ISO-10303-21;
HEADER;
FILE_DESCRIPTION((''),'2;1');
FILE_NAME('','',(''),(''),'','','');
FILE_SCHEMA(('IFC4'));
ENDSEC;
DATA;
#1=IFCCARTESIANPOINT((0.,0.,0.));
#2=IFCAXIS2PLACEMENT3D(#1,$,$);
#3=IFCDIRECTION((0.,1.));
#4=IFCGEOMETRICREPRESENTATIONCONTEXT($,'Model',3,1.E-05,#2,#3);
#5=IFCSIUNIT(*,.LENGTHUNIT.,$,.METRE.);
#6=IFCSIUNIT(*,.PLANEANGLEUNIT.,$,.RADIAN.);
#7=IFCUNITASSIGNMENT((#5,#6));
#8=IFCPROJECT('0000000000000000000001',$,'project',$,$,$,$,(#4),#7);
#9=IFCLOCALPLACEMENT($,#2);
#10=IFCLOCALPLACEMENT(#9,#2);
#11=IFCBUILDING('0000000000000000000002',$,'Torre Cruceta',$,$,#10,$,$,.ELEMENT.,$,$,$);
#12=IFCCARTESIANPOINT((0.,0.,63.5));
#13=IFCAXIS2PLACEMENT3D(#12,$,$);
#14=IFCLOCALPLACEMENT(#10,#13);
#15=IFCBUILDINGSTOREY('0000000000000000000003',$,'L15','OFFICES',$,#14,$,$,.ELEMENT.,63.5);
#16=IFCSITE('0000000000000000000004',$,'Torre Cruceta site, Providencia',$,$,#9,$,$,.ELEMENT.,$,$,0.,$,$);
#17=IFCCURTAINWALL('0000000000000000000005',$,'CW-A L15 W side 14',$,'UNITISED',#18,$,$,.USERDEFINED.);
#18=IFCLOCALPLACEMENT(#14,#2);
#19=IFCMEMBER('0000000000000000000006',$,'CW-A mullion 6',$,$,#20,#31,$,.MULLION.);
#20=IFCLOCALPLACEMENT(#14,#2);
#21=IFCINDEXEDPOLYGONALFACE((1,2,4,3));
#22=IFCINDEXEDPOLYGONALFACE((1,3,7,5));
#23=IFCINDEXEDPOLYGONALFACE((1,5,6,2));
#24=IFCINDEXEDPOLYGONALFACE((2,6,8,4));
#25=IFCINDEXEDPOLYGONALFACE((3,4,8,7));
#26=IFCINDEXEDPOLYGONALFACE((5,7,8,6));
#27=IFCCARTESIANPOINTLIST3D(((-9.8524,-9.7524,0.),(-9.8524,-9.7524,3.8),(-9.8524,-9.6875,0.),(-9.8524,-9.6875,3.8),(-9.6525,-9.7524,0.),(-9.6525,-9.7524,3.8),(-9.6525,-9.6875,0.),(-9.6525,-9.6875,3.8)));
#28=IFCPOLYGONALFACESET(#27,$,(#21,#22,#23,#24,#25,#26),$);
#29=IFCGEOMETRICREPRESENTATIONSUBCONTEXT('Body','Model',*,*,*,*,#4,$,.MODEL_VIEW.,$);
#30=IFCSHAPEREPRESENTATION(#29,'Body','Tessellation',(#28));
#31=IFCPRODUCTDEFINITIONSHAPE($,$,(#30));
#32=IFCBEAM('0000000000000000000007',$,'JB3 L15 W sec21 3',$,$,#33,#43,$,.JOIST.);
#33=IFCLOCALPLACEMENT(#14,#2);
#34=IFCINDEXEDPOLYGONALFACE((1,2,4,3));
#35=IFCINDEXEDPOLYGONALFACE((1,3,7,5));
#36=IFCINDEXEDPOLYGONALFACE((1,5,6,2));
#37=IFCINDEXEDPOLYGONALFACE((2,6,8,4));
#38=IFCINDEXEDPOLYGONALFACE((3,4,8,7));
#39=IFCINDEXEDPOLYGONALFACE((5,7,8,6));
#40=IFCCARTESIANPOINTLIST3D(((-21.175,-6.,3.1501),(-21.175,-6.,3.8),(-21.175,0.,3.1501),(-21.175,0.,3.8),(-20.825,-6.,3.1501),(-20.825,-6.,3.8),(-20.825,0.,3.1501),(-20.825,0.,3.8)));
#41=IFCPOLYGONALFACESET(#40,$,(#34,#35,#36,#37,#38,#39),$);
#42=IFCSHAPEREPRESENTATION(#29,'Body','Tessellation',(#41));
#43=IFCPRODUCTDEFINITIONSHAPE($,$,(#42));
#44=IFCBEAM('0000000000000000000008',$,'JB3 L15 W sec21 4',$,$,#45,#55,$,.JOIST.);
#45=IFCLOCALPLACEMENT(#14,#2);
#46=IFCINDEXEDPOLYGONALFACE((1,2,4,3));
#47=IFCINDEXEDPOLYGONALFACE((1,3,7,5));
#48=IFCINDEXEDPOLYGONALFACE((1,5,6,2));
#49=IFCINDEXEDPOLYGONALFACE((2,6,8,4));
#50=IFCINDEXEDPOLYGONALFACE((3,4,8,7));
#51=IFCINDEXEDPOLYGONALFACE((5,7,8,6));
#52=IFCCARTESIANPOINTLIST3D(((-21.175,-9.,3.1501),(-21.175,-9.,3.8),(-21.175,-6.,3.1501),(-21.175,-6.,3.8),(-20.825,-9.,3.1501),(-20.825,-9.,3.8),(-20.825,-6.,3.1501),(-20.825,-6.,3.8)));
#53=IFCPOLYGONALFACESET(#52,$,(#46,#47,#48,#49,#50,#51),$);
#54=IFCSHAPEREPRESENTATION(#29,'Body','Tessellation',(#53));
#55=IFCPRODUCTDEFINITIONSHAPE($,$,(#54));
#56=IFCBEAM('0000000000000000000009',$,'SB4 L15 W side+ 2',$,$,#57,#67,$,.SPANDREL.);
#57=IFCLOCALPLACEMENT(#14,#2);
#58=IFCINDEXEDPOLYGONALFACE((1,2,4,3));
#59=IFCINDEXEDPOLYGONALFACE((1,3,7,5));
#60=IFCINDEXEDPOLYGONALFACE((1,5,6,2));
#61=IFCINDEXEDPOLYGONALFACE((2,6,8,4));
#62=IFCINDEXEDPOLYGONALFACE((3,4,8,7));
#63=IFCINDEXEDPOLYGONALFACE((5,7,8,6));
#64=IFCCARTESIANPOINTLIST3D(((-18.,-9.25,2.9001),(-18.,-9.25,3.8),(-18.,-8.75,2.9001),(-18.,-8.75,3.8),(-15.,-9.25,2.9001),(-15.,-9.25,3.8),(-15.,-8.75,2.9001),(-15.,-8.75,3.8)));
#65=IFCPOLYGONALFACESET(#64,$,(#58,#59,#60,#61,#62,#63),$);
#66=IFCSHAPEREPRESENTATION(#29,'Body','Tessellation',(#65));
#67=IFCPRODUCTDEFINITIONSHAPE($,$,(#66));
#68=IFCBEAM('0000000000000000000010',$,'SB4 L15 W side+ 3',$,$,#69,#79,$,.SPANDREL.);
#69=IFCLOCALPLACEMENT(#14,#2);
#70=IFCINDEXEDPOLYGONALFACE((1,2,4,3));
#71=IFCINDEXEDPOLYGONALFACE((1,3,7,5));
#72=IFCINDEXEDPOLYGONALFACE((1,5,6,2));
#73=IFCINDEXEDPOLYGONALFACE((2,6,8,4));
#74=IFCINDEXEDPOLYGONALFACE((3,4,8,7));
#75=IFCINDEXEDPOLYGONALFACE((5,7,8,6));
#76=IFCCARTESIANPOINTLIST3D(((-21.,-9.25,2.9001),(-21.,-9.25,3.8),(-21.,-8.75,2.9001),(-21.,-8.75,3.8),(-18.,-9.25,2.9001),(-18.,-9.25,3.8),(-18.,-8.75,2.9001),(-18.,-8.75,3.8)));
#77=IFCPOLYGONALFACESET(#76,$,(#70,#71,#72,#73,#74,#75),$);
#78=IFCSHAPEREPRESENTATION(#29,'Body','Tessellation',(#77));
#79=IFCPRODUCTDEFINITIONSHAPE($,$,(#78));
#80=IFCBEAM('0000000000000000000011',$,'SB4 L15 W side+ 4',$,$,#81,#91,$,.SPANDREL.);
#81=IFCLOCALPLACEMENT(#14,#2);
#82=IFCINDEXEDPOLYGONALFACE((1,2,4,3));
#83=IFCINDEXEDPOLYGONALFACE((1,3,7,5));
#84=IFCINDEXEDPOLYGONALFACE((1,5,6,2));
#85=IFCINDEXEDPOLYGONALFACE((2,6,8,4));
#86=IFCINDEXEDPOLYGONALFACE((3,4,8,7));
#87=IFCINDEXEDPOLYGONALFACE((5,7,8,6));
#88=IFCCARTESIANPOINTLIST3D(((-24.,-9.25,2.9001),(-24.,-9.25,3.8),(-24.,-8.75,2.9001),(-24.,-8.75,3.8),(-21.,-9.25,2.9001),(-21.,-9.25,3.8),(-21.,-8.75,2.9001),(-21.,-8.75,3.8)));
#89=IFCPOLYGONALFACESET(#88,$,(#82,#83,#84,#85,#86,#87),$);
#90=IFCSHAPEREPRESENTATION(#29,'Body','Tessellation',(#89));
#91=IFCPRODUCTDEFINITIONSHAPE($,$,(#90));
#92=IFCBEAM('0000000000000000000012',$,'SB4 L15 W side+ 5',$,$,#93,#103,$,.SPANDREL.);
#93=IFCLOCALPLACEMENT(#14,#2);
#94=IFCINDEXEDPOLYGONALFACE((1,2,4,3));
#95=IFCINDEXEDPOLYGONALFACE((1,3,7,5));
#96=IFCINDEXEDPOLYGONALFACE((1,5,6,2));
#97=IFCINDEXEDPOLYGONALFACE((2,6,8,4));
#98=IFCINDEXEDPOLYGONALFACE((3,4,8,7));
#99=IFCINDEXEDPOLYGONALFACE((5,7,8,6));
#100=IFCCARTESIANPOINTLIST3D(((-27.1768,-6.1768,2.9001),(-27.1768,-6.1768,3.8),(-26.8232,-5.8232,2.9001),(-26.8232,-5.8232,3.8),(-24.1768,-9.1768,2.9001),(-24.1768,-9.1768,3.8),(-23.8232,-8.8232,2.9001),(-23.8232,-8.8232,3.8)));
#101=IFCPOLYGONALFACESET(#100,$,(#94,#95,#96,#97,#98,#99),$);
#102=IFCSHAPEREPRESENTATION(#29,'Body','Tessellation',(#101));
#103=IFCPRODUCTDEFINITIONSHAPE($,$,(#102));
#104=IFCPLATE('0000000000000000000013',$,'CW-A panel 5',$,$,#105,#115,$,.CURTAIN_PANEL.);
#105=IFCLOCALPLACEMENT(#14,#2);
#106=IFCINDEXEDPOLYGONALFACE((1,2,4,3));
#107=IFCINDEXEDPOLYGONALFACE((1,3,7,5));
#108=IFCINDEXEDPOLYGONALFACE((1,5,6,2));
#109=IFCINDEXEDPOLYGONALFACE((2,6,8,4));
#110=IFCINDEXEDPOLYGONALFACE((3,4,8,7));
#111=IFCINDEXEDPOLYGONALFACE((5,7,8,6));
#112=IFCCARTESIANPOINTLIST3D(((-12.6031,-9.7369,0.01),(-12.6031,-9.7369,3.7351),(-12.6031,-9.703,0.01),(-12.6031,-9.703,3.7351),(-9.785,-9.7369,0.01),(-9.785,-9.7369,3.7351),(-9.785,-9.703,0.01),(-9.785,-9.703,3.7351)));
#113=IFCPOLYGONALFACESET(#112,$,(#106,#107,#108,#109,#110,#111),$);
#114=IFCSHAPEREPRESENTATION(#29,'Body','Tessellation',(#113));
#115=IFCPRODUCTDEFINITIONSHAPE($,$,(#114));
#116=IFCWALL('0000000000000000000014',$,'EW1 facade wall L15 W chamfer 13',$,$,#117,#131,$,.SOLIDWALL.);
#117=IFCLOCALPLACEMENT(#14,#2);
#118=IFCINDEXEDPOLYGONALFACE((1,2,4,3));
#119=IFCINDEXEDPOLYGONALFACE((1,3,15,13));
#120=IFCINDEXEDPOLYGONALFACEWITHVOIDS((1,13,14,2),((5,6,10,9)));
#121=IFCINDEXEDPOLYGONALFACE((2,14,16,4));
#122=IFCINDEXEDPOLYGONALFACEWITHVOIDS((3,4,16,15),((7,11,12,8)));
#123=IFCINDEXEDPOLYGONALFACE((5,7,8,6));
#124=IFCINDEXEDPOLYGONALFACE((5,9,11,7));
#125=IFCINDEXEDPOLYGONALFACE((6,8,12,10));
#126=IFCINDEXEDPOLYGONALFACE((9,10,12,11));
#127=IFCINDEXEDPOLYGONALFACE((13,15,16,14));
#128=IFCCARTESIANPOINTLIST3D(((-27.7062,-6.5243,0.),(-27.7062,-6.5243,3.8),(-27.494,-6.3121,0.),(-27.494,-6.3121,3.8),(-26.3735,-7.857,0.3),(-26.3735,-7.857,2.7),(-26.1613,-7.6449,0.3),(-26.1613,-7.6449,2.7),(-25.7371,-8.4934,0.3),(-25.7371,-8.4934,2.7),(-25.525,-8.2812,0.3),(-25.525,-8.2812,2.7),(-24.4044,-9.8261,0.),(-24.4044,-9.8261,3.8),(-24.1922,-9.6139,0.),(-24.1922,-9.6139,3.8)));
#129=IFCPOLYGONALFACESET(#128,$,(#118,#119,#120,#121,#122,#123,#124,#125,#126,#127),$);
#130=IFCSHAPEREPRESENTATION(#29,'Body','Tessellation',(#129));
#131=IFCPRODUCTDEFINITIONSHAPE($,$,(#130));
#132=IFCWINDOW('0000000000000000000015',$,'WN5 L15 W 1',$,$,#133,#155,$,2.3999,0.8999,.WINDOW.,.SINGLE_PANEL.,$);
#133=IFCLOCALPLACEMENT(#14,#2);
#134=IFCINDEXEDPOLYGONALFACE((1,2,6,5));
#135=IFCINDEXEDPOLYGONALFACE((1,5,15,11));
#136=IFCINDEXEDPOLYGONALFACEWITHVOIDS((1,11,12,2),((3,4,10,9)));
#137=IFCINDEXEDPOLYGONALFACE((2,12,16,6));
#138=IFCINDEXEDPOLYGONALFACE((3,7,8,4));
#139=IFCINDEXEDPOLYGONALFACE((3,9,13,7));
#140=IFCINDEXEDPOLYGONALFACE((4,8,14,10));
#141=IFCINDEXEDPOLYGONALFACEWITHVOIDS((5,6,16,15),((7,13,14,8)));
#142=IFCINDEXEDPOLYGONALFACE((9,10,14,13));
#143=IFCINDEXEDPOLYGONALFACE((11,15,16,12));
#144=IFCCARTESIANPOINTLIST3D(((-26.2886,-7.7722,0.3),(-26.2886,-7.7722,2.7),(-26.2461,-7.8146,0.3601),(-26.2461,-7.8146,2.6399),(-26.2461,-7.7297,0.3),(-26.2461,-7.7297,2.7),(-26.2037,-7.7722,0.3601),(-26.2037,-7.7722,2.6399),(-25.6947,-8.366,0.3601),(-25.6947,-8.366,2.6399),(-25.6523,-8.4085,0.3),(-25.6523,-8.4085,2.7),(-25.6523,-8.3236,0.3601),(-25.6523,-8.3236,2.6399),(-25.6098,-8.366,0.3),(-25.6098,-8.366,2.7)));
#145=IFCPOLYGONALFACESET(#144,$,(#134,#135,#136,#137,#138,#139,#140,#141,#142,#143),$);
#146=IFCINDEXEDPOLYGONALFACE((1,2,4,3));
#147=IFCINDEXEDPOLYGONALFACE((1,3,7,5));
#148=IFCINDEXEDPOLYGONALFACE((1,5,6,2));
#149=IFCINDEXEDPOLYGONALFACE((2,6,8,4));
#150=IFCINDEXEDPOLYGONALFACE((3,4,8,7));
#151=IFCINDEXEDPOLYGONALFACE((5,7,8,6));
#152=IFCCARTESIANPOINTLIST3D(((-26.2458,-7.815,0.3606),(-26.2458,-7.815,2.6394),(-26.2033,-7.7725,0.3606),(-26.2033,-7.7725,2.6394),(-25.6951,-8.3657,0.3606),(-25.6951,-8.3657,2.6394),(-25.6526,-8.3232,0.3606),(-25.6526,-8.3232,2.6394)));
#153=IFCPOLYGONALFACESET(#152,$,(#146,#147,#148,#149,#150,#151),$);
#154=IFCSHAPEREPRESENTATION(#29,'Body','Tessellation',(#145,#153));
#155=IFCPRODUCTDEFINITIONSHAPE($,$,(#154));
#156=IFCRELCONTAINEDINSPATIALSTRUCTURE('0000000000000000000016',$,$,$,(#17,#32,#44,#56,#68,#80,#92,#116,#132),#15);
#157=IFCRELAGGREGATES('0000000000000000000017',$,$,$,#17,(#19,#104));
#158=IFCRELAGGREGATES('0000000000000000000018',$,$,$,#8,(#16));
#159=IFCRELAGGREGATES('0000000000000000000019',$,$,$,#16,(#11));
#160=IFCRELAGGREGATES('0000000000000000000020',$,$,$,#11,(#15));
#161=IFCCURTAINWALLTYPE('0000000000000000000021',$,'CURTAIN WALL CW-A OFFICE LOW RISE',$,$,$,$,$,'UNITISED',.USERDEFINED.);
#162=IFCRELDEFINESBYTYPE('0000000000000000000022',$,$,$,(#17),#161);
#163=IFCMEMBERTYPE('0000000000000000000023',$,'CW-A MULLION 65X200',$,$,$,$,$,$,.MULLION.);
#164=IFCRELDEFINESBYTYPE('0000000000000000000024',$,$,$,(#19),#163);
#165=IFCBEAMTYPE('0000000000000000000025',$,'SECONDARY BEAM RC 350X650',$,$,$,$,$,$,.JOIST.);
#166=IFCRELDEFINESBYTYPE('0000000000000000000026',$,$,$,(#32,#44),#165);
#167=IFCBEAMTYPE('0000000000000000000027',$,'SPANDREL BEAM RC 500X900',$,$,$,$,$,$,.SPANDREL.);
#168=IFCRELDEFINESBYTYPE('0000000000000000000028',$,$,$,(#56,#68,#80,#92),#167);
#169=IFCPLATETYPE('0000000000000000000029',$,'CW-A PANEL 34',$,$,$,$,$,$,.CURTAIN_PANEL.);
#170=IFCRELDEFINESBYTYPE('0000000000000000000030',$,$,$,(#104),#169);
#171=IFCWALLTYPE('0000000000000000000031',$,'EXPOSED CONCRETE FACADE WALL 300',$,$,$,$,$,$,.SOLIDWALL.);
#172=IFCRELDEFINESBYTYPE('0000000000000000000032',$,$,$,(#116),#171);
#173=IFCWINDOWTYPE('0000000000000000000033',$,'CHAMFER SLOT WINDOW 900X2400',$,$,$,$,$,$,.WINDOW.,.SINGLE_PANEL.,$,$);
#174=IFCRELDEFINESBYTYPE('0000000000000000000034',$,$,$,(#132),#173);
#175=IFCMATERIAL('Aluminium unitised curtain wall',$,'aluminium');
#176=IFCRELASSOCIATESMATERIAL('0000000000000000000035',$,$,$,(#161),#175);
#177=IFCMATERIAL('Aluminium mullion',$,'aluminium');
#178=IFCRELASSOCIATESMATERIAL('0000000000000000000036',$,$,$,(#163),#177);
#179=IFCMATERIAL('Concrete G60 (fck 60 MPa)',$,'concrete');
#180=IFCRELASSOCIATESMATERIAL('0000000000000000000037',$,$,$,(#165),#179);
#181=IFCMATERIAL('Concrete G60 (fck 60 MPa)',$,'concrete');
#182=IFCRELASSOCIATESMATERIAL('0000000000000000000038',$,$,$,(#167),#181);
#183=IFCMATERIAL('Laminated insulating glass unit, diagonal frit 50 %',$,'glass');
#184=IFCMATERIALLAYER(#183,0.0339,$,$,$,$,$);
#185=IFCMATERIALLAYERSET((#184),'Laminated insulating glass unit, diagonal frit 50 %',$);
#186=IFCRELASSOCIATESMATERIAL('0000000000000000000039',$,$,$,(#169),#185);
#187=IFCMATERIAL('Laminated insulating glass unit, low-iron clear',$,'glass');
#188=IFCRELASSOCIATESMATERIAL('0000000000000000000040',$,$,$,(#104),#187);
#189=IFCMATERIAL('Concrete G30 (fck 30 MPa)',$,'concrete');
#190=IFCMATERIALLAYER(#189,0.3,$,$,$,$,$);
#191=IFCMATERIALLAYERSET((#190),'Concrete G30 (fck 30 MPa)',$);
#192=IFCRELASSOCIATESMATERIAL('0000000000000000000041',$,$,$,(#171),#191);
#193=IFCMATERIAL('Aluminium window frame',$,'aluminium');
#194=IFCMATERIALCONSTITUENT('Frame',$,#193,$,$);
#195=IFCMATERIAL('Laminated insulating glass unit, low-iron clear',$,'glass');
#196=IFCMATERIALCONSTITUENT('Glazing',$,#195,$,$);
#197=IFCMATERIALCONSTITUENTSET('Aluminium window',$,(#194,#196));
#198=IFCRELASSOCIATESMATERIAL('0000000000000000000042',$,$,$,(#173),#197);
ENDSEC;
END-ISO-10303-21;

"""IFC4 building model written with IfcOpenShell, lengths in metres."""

from ifc_helpers import new_model, si_unit, direction, frame, frame_2d, origin, origin_2d, place, context, subcontext, project, spatial, rectangle, hollow_rectangle, extrude, material, layer, layer_set, constituent, constituent_set, material_profile, profile_set, type_object, element, fill, aggregate, save


model = new_model("IFC4")

# Units and contexts
model_context = context("Model", 3, precision=1e-05, world=origin(), true_north=direction((0.0, 1.0)))
body_context = subcontext(model_context, "Body", "Model", "MODEL_VIEW")
ifc_project = project(units=[si_unit("LENGTHUNIT", "METRE"), si_unit("PLANEANGLEUNIT", "RADIAN")], contexts=[model_context])

# Site, building, storey
site_placement = place(None, origin())
site = spatial("IfcSite", under=ifc_project, at=site_placement, Name="Torre Cruceta site, Providencia", CompositionType="ELEMENT", RefElevation=0.0)
building_placement = place(site_placement, origin())
building = spatial("IfcBuilding", under=site, at=building_placement, Name="Torre Cruceta", CompositionType="ELEMENT")
storey_placement = place(building_placement, frame((0.0, 0.0, 63.5)))
storey = spatial("IfcBuildingStorey", under=building, at=storey_placement, Name="L15", Description="OFFICES", CompositionType="ELEMENT", Elevation=63.5)

# Curtain wall, member
ifc_material_1 = material(Name="Aluminium unitised curtain wall", Category="aluminium")
curtain_wall_type = type_object("IfcCurtainWallType", Name="CURTAIN WALL CW-A OFFICE LOW RISE", ElementType="UNITISED", PredefinedType="USERDEFINED", material=ifc_material_1)
curtain_wall_placement = place(storey_placement, origin())
curtain_wall = element("IfcCurtainWall", 1, at=curtain_wall_placement, inside=storey, type_object=curtain_wall_type, Name="CW-A L15 W side 14", ObjectType="UNITISED", PredefinedType="USERDEFINED")
ifc_material_2 = material(Name="Aluminium mullion", Category="aluminium")
ifc_material_profile_1 = material_profile(ifc_material_2, rectangle(XDim=0.0649, YDim=0.2, at=origin_2d()), Name="AL 65X200")
ifc_profile_set_1 = profile_set([ifc_material_profile_1], Name="Aluminium mullion")
member_type = type_object("IfcMemberType", Name="CW-A MULLION 65X200", PredefinedType="MULLION", material=ifc_profile_set_1)
member_placement = place(storey_placement, frame((-9.7524, -9.72, 0.0), z_axis=(0.0, 0.0, 1.0), x_axis=(0.0, 1.0, 0.0)))
member = element("IfcMember", 2, at=member_placement, type_object=member_type, Name="CW-A mullion 6", PredefinedType="MULLION", context=body_context, shape_type="SweptSolid", body=[
    extrude(rectangle(XDim=0.0649, YDim=0.2, at=origin_2d()), origin(), (0.0, 0.0, 1.0), 3.8),
])

# Beams
ifc_material_3 = material(Name="Concrete G60 (fck 60 MPa)", Category="concrete")
ifc_material_profile_2 = material_profile(ifc_material_3, rectangle(XDim=0.3501, YDim=0.6499, at=origin_2d()), Name="RC 350X650")
ifc_profile_set_2 = profile_set([ifc_material_profile_2], Name="Concrete G60 (fck 60 MPa)")
beam_type_1 = type_object("IfcBeamType", Name="SECONDARY BEAM RC 350X650", PredefinedType="JOIST", material=ifc_profile_set_2)
beam_1_placement = place(storey_placement, frame((-21.0, 0.0, 3.4751), z_axis=(0.0, -1.0, 0.0), x_axis=(1.0, 0.0, 0.0)))
element("IfcBeam", 3, at=beam_1_placement, inside=storey, type_object=beam_type_1, Name="JB3 L15 W sec21 3", PredefinedType="JOIST", context=body_context, shape_type="SweptSolid", body=[
    extrude(rectangle(XDim=0.3501, YDim=0.6499, at=origin_2d()), origin(), (0.0, 0.0, 1.0), 6.0),
])
beam_2_placement = place(storey_placement, frame((-21.0, -6.0, 3.4751), z_axis=(0.0, -1.0, 0.0), x_axis=(1.0, 0.0, 0.0)))
element("IfcBeam", 4, at=beam_2_placement, inside=storey, type_object=beam_type_1, Name="JB3 L15 W sec21 4", PredefinedType="JOIST", context=body_context, shape_type="SweptSolid", body=[
    extrude(rectangle(XDim=0.3501, YDim=0.6499, at=origin_2d()), origin(), (0.0, 0.0, 1.0), 3.0),
])
ifc_material_4 = material(Name="Concrete G60 (fck 60 MPa)", Category="concrete")
ifc_material_profile_3 = material_profile(ifc_material_4, rectangle(XDim=0.5, YDim=0.8999, at=origin_2d()), Name="RC 500X900")
ifc_profile_set_3 = profile_set([ifc_material_profile_3], Name="Concrete G60 (fck 60 MPa)")
beam_type_2 = type_object("IfcBeamType", Name="SPANDREL BEAM RC 500X900", PredefinedType="SPANDREL", material=ifc_profile_set_3)
for number, where, z_axis, x_axis, name in (
    (5, (-15.0, -9.0, 3.3501), (-1.0, 0.0, 0.0), (0.0, -1.0, 0.0), "SB4 L15 W side+ 2"),
    (6, (-18.0, -9.0, 3.3501), (-1.0, 0.0, 0.0), (0.0, -1.0, 0.0), "SB4 L15 W side+ 3"),
    (7, (-21.0, -9.0, 3.3501), (-1.0, 0.0, 0.0), (0.0, -1.0, 0.0), "SB4 L15 W side+ 4"),
):
    element("IfcBeam", number, at=place(storey_placement, frame(where, z_axis=z_axis, x_axis=x_axis)), inside=storey, type_object=beam_type_2, Name=name, PredefinedType="SPANDREL", context=body_context, shape_type="SweptSolid", body=[
        extrude(rectangle(XDim=0.5, YDim=0.8999, at=origin_2d()), origin(), (0.0, 0.0, 1.0), 3.0),
    ])
beam_3_placement = place(storey_placement, frame((-24.0, -9.0, 3.3501), z_axis=(-0.707107, 0.707107, 0.0), x_axis=(-0.707107, -0.707107, 0.0)))
element("IfcBeam", 8, at=beam_3_placement, inside=storey, type_object=beam_type_2, Name="SB4 L15 W side+ 5", PredefinedType="SPANDREL", context=body_context, shape_type="SweptSolid", body=[
    extrude(rectangle(XDim=0.5, YDim=0.8999, at=origin_2d()), origin(), (0.0, 0.0, 1.0), 4.2427),
])

# Plate
ifc_material_5 = material(Name="Laminated insulating glass unit, low-iron clear", Category="glass")
ifc_material_6 = material(Name="Laminated insulating glass unit, diagonal frit 50 %", Category="glass")
ifc_layer_1 = layer(ifc_material_6, 0.0339)
ifc_layer_set_1 = layer_set([ifc_layer_1], Name="Laminated insulating glass unit, diagonal frit 50 %")
plate_type = type_object("IfcPlateType", Name="CW-A PANEL 34", PredefinedType="CURTAIN_PANEL", material=ifc_layer_set_1)
plate_placement = place(storey_placement, frame((-11.1941, -9.72, 0.01), z_axis=(0.0, 0.0, 1.0), x_axis=(1.0, 0.0, 0.0)))
plate = element("IfcPlate", 9, at=plate_placement, type_object=plate_type, material=ifc_material_5, Name="CW-A panel 5", PredefinedType="CURTAIN_PANEL", context=body_context, shape_type="SweptSolid", body=[
    extrude(rectangle(XDim=2.8181, YDim=0.0339, at=origin_2d()), origin(), (0.0, 0.0, 1.0), 3.7251),
])
aggregate(curtain_wall, [member, plate])

# Wall, opening, window
ifc_material_7 = material(Name="Concrete G30 (fck 30 MPa)", Category="concrete")
ifc_layer_2 = layer(ifc_material_7, 0.3)
ifc_layer_set_2 = layer_set([ifc_layer_2], Name="Concrete G30 (fck 30 MPa)")
wall_type_1 = type_object("IfcWallType", Name="EXPOSED CONCRETE FACADE WALL 300", PredefinedType="SOLIDWALL", material=ifc_layer_set_2)
wall_1_placement = place(storey_placement, frame((-27.6001, -6.4182, 0.0), z_axis=(0.0, 0.0, 1.0), x_axis=(0.707107, -0.707107, 0.0)))
wall_1 = element("IfcWall", 10, at=wall_1_placement, inside=storey, type_object=wall_type_1, Name="EW1 facade wall L15 W chamfer 13", PredefinedType="SOLIDWALL", context=body_context, shape_type="SweptSolid", body=[
    extrude(rectangle(XDim=4.6694, YDim=0.3, at=frame_2d((2.3347, 0.0))), origin(), (0.0, 0.0, 1.0), 3.8),
])
opening_1_placement = place(wall_1_placement, frame((1.8848, 0.0, 0.3)))
opening_1 = element("IfcOpeningElement", 11, at=opening_1_placement, cuts=wall_1, PredefinedType="OPENING", context=body_context, shape_type="SweptSolid", body=[
    extrude(rectangle(XDim=0.8999, YDim=2.3999, at=frame_2d((0.45, 1.2))), frame((0.0, 0.1599, 0.0), z_axis=(0.0, -1.0, 0.0), x_axis=(1.0, 0.0, 0.0)), (0.0, 0.0, 1.0), 0.3201),
])
ifc_material_8 = material(Name="Aluminium window frame", Category="aluminium")
ifc_constituent_1 = constituent(ifc_material_8, Name="Frame")
ifc_material_9 = material(Name="Laminated insulating glass unit, low-iron clear", Category="glass")
ifc_constituent_2 = constituent(ifc_material_9, Name="Glazing")
ifc_constituent_set_1 = constituent_set(constituents=[ifc_constituent_1, ifc_constituent_2], Name="Aluminium window")
window_type = type_object("IfcWindowType", Name="CHAMFER SLOT WINDOW 900X2400", PartitioningType="SINGLE_PANEL", PredefinedType="WINDOW", material=ifc_constituent_set_1)
window_placement = place(opening_1_placement, origin())
window = element("IfcWindow", 12, at=window_placement, inside=storey, type_object=window_type, Name="WN5 L15 W 1", OverallHeight=2.3999, OverallWidth=0.8999, PartitioningType="SINGLE_PANEL", PredefinedType="WINDOW", context=body_context, shape_type="SweptSolid", body=[
    extrude(hollow_rectangle(XDim=0.8999, YDim=2.3999, WallThickness=0.0601, at=frame_2d((0.45, 1.2))), frame((0.0, 0.03, 0.0), z_axis=(0.0, -1.0, 0.0), x_axis=(1.0, 0.0, 0.0)), (0.0, 0.0, 1.0), 0.0601),
    extrude(rectangle(XDim=0.7788, YDim=2.2788, at=frame_2d((0.45, 1.2))), frame((0.0, 0.03, 0.0), z_axis=(0.0, -1.0, 0.0), x_axis=(1.0, 0.0, 0.0)), (0.0, 0.0, 1.0), 0.0601),
])
fill(opening_1, window)

save(model, "model.ifc")
